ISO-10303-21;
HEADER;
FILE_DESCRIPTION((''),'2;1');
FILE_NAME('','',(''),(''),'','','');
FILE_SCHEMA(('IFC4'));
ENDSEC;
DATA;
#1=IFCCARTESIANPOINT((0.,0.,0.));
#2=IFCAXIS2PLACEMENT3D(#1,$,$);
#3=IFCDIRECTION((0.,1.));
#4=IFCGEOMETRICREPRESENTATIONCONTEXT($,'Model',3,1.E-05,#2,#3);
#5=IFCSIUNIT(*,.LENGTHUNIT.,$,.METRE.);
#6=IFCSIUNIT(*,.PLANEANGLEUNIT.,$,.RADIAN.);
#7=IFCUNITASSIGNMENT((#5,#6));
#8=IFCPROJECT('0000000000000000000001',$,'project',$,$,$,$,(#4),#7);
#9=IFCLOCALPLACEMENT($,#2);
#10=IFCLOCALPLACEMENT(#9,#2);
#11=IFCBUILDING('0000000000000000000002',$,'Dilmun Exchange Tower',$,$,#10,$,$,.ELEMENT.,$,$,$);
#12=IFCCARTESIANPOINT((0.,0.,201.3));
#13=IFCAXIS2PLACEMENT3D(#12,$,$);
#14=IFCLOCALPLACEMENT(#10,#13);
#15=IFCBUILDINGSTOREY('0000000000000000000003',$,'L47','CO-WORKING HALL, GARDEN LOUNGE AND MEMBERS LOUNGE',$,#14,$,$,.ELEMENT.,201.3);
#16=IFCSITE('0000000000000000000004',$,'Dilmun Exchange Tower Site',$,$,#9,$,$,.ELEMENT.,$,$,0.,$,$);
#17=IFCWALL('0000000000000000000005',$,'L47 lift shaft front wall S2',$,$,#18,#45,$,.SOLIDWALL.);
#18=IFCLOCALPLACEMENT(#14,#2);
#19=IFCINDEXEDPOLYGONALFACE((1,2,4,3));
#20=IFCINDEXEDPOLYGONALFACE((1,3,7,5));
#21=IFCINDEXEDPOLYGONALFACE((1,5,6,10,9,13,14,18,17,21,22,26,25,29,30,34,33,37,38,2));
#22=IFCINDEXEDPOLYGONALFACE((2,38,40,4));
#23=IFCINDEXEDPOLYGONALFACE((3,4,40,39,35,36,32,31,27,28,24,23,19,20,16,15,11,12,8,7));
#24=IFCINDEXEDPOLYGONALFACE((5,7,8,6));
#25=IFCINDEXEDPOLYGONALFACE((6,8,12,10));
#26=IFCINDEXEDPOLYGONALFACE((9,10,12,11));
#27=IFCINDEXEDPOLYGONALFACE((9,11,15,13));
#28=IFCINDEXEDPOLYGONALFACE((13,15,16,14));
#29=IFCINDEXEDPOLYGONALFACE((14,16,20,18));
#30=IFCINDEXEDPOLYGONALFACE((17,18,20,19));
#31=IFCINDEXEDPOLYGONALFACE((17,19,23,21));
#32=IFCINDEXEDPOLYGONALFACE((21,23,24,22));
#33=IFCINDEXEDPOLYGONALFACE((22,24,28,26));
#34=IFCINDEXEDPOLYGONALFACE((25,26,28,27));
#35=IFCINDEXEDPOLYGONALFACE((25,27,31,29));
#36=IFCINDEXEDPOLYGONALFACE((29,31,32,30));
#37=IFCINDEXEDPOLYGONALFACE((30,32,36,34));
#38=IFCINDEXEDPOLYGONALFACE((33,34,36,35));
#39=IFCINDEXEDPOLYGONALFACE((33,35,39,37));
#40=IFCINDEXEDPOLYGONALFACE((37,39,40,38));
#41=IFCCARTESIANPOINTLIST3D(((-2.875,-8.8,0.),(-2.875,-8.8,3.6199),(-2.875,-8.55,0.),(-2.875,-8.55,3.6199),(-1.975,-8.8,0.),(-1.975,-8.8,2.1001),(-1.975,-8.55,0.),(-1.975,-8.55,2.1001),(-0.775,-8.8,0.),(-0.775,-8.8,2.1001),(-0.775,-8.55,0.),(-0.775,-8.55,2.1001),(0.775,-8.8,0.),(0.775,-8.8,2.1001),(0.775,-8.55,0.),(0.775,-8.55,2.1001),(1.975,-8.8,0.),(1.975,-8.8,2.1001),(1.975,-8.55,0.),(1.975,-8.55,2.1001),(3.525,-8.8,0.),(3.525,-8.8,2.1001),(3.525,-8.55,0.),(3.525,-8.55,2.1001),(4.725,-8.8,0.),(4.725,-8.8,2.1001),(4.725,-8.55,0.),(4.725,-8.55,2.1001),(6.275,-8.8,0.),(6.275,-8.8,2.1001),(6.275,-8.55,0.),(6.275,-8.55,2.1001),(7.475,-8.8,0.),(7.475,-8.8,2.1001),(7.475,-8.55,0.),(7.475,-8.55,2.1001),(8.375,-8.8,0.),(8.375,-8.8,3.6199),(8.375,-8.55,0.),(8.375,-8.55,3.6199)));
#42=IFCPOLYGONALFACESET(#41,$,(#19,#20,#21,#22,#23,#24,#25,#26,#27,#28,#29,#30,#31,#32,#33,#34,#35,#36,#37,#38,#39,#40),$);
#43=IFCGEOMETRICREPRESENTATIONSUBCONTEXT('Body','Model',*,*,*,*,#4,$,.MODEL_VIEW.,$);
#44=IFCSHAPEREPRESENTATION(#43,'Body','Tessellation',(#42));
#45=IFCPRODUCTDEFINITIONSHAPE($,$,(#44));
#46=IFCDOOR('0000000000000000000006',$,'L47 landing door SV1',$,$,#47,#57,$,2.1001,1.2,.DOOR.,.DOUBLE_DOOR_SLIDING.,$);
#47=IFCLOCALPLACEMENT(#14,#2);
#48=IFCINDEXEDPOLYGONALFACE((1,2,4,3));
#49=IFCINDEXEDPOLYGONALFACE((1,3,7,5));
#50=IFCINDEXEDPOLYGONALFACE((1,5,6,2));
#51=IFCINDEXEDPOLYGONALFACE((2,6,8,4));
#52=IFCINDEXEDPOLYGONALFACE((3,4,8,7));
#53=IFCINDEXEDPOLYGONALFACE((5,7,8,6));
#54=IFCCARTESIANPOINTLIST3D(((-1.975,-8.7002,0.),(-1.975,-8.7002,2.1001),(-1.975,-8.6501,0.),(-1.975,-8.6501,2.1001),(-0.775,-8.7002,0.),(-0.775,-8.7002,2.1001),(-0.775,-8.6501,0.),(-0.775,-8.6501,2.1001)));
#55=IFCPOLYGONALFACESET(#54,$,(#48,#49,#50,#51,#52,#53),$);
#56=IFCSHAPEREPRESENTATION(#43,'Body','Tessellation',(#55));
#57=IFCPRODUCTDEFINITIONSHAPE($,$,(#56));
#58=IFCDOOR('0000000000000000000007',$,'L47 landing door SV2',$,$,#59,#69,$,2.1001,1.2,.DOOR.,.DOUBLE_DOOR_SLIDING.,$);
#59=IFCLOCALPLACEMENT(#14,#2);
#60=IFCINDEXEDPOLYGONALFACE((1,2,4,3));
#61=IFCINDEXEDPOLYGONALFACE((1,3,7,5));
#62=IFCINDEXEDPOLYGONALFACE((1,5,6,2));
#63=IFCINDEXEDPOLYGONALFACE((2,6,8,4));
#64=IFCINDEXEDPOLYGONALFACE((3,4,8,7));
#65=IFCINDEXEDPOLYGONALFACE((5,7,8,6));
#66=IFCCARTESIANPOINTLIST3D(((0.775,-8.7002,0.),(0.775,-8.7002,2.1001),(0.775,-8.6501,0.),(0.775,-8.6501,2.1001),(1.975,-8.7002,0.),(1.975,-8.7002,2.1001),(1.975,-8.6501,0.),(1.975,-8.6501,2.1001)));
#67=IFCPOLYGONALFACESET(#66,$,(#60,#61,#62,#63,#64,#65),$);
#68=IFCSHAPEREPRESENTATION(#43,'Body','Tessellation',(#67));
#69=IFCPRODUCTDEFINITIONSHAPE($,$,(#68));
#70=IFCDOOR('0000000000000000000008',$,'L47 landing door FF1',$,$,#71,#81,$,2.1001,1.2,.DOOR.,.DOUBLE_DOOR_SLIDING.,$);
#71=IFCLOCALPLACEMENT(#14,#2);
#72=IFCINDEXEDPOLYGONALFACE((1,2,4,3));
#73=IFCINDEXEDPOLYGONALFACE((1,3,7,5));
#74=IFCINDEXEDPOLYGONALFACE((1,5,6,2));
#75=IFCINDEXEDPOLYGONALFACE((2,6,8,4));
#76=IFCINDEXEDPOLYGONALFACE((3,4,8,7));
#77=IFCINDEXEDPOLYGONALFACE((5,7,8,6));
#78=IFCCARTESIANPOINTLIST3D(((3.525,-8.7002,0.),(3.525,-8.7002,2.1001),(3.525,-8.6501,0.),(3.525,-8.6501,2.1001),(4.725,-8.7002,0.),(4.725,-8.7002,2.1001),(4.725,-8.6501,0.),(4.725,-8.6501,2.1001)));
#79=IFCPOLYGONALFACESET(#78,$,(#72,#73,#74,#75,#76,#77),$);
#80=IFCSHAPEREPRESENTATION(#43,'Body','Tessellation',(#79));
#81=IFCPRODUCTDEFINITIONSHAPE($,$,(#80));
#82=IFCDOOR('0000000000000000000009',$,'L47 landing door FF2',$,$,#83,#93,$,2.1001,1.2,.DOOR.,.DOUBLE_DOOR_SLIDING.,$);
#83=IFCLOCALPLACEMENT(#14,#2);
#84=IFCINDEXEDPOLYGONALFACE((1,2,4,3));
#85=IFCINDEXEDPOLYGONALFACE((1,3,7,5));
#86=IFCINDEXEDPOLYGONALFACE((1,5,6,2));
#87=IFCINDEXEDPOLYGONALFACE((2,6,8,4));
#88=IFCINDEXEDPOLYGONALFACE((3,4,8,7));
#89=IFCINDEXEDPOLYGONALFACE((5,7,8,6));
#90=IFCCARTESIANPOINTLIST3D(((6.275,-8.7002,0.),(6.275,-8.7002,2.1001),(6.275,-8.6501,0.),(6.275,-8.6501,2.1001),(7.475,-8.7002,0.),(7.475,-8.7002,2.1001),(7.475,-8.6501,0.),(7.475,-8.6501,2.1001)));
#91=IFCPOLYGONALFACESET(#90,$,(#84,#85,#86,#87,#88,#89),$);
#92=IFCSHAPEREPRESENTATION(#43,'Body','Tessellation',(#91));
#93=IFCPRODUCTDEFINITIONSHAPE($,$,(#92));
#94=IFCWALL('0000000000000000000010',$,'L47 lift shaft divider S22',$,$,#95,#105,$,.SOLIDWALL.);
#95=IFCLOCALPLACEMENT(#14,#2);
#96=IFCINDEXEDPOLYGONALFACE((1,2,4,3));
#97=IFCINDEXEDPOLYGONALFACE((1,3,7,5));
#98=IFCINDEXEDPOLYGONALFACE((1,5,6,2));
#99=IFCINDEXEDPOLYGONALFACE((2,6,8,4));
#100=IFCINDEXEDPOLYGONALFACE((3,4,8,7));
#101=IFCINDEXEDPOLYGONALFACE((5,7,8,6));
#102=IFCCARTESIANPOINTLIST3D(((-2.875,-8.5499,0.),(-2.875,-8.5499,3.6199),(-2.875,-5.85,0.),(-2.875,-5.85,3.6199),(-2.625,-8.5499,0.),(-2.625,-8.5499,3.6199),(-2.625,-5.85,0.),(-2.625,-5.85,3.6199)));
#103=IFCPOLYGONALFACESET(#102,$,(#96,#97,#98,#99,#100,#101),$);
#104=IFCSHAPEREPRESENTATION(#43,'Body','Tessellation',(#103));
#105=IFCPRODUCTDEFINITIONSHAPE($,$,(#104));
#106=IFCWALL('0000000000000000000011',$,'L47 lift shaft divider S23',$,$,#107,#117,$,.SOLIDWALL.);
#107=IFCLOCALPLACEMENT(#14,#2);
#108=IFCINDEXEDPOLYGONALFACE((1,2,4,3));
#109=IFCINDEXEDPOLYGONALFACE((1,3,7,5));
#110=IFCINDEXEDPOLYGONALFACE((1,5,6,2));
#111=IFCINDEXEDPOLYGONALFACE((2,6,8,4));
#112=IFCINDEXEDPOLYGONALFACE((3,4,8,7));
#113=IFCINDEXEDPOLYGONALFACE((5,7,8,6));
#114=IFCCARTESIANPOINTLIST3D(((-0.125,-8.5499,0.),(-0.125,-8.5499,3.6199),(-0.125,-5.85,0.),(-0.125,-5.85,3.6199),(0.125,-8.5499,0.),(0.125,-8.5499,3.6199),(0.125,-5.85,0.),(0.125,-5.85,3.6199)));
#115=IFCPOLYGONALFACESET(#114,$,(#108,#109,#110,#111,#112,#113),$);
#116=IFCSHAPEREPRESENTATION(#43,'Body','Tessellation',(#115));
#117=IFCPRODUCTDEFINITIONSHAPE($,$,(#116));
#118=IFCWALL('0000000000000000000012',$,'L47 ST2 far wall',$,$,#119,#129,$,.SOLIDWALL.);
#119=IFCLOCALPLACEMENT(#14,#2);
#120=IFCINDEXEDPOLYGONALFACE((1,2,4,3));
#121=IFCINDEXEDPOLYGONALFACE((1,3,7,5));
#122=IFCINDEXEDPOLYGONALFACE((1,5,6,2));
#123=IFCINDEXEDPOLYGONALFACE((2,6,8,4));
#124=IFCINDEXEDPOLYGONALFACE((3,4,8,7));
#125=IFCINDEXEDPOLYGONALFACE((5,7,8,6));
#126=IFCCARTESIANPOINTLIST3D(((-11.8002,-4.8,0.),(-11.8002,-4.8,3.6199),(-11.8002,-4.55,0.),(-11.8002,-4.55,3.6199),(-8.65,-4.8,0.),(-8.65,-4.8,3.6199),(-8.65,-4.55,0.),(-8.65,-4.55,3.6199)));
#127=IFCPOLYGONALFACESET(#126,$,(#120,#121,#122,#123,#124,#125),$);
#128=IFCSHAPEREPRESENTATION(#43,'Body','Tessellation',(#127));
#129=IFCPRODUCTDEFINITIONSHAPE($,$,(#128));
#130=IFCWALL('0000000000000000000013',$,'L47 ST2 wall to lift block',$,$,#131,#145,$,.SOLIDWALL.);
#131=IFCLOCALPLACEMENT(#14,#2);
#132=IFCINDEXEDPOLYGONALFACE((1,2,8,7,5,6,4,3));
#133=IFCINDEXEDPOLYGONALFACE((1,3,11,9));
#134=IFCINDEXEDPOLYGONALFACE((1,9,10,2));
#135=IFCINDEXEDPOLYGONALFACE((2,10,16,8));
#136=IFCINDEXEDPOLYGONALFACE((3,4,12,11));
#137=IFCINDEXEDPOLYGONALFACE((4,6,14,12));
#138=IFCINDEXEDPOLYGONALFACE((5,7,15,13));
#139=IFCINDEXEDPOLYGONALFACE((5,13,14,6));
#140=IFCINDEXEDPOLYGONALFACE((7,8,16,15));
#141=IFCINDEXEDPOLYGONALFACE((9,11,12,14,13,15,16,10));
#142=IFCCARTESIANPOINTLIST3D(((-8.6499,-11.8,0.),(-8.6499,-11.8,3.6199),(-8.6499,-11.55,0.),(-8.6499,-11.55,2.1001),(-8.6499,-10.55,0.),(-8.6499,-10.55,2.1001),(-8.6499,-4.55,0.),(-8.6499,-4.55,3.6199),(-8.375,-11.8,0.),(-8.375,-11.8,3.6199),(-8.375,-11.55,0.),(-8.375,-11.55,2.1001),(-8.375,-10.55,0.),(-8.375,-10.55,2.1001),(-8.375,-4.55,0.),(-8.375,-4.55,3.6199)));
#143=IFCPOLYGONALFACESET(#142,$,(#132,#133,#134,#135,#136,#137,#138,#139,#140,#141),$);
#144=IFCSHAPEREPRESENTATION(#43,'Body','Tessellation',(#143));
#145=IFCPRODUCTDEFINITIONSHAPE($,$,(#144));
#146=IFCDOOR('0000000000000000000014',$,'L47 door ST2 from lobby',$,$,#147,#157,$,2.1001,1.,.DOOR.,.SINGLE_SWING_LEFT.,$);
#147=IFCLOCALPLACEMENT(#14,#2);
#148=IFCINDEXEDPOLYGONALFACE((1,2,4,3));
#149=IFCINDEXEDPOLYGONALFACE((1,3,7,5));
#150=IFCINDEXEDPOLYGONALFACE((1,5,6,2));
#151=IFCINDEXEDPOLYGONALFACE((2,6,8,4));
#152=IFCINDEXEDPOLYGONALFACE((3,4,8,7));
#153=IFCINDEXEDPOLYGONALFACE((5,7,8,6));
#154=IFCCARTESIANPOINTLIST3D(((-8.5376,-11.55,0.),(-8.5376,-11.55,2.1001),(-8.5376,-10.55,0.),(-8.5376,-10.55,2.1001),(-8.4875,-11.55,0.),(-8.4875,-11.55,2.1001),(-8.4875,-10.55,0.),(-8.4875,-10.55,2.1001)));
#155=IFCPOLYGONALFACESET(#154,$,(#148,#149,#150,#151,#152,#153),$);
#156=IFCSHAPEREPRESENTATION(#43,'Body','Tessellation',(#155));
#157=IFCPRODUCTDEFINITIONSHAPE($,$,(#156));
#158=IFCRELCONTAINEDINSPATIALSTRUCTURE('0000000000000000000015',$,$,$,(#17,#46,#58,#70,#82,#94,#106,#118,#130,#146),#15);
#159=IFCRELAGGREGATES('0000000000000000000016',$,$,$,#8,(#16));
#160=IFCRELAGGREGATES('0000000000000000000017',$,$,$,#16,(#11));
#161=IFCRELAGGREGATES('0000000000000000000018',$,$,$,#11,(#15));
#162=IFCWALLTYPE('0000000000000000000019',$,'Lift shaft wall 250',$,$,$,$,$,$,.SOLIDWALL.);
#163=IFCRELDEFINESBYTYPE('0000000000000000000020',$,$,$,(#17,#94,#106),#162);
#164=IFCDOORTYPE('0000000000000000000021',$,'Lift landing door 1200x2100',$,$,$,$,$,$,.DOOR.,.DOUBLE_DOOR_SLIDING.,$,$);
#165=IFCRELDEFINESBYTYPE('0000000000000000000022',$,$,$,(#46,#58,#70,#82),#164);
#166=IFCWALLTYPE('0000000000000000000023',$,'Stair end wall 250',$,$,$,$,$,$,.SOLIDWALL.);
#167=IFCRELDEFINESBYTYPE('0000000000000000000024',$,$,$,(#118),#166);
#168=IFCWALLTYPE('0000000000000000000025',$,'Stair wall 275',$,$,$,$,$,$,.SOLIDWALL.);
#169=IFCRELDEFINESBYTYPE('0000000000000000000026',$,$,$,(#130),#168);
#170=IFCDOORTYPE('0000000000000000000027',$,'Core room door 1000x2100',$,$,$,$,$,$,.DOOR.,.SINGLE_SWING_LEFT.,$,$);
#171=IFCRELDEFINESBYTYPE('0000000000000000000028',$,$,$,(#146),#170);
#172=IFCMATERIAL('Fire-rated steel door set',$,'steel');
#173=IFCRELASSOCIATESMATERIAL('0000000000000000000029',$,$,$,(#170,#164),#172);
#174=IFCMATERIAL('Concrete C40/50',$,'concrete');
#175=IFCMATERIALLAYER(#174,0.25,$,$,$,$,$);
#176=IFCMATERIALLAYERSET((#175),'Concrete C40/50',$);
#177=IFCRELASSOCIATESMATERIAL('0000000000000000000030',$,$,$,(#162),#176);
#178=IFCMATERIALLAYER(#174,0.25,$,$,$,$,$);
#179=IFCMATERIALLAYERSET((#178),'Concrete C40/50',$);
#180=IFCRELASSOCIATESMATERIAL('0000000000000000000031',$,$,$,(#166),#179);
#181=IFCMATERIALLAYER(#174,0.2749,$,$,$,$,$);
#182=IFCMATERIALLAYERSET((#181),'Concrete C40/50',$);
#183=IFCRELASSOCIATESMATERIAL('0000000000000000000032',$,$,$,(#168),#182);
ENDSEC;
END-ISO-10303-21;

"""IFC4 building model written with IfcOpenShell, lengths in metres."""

from ifc_helpers import new_model, si_unit, direction, frame, frame_2d, origin, place, context, subcontext, project, spatial, rectangle, extrude, material, layer, layer_set, type_object, element, fill, save


model = new_model("IFC4")

# Units and contexts
model_context = context("Model", 3, precision=1e-05, world=origin(), true_north=direction((0.0, 1.0)))
body_context = subcontext(model_context, "Body", "Model", "MODEL_VIEW")
ifc_project = project(units=[si_unit("LENGTHUNIT", "METRE"), si_unit("PLANEANGLEUNIT", "RADIAN")], contexts=[model_context])

# Site, building, storey
site_placement = place(None, origin())
site = spatial("IfcSite", under=ifc_project, at=site_placement, Name="Dilmun Exchange Tower Site", CompositionType="ELEMENT", RefElevation=0.0)
building_placement = place(site_placement, origin())
building = spatial("IfcBuilding", under=site, at=building_placement, Name="Dilmun Exchange Tower", CompositionType="ELEMENT")
storey_placement = place(building_placement, frame((0.0, 0.0, 201.3)))
storey = spatial("IfcBuildingStorey", under=building, at=storey_placement, Name="L47", Description="CO-WORKING HALL, GARDEN LOUNGE AND MEMBERS LOUNGE", CompositionType="ELEMENT", Elevation=201.3)

# Shared definitions
ifc_material_1 = material(Name="Concrete C40/50", Category="concrete")

# Shared definitions
ifc_material_2 = material(Name="Fire-rated steel door set", Category="steel")
door_type_1 = type_object("IfcDoorType", Name="Core room door 1000x2100", OperationType="SINGLE_SWING_LEFT", PredefinedType="DOOR", material=ifc_material_2)

# Shared definitions
ifc_layer_1 = layer(ifc_material_1, 0.25)
ifc_layer_set_1 = layer_set([ifc_layer_1], Name="Concrete C40/50")
wall_type_1 = type_object("IfcWallType", Name="Lift shaft wall 250", PredefinedType="SOLIDWALL", material=ifc_layer_set_1)

# Wall, openings, doors
wall_1_placement = place(storey_placement, frame((-2.875, -8.675, 0.0), z_axis=(0.0, 0.0, 1.0), x_axis=(1.0, 0.0, 0.0)))
wall_1 = element("IfcWall", 1, at=wall_1_placement, inside=storey, type_object=wall_type_1, Name="L47 lift shaft front wall S2", PredefinedType="SOLIDWALL", context=body_context, shape_type="SweptSolid", body=[
    extrude(rectangle(XDim=11.25, YDim=0.25, at=frame_2d((5.625, 0.0))), origin(), (0.0, 0.0, 1.0), 3.6199),
])
opening_1_placement = place(wall_1_placement, frame((0.8999, 0.0, 0.0)))
opening_1 = element("IfcOpeningElement", 2, at=opening_1_placement, cuts=wall_1, PredefinedType="OPENING", context=body_context, shape_type="SweptSolid", body=[
    extrude(rectangle(XDim=1.2, YDim=2.1001, at=frame_2d((0.6001, 1.05))), frame((0.0, 0.135, 0.0), z_axis=(0.0, -1.0, 0.0), x_axis=(1.0, 0.0, 0.0)), (0.0, 0.0, 1.0), 0.27),
])
opening_2_placement = place(wall_1_placement, frame((3.6499, 0.0, 0.0)))
opening_2 = element("IfcOpeningElement", 3, at=opening_2_placement, cuts=wall_1, PredefinedType="OPENING", context=body_context, shape_type="SweptSolid", body=[
    extrude(rectangle(XDim=1.2, YDim=2.1001, at=frame_2d((0.6001, 1.05))), frame((0.0, 0.135, 0.0), z_axis=(0.0, -1.0, 0.0), x_axis=(1.0, 0.0, 0.0)), (0.0, 0.0, 1.0), 0.27),
])
opening_3_placement = place(wall_1_placement, frame((6.3999, 0.0, 0.0)))
opening_3 = element("IfcOpeningElement", 4, at=opening_3_placement, cuts=wall_1, PredefinedType="OPENING", context=body_context, shape_type="SweptSolid", body=[
    extrude(rectangle(XDim=1.2, YDim=2.1001, at=frame_2d((0.6001, 1.05))), frame((0.0, 0.135, 0.0), z_axis=(0.0, -1.0, 0.0), x_axis=(1.0, 0.0, 0.0)), (0.0, 0.0, 1.0), 0.27),
])
opening_4_placement = place(wall_1_placement, frame((9.1499, 0.0, 0.0)))
opening_4 = element("IfcOpeningElement", 5, at=opening_4_placement, cuts=wall_1, PredefinedType="OPENING", context=body_context, shape_type="SweptSolid", body=[
    extrude(rectangle(XDim=1.2, YDim=2.1001, at=frame_2d((0.6001, 1.05))), frame((0.0, 0.135, 0.0), z_axis=(0.0, -1.0, 0.0), x_axis=(1.0, 0.0, 0.0)), (0.0, 0.0, 1.0), 0.27),
])
door_type_2 = type_object("IfcDoorType", Name="Lift landing door 1200x2100", OperationType="DOUBLE_DOOR_SLIDING", PredefinedType="DOOR", material=ifc_material_2)
door_1_placement = place(opening_1_placement, origin())
door_1 = element("IfcDoor", 6, at=door_1_placement, inside=storey, type_object=door_type_2, Name="L47 landing door SV1", OperationType="DOUBLE_DOOR_SLIDING", OverallHeight=2.1001, OverallWidth=1.2, PredefinedType="DOOR", context=body_context, shape_type="SweptSolid", body=[
    extrude(rectangle(XDim=1.2, YDim=2.1001, at=frame_2d((0.6001, 1.05))), frame((0.0, 0.0249, 0.0), z_axis=(0.0, -1.0, 0.0), x_axis=(1.0, 0.0, 0.0)), (0.0, 0.0, 1.0), 0.05),
])
fill(opening_1, door_1)
door_2_placement = place(opening_2_placement, origin())
door_2 = element("IfcDoor", 7, at=door_2_placement, inside=storey, type_object=door_type_2, Name="L47 landing door SV2", OperationType="DOUBLE_DOOR_SLIDING", OverallHeight=2.1001, OverallWidth=1.2, PredefinedType="DOOR", context=body_context, shape_type="SweptSolid", body=[
    extrude(rectangle(XDim=1.2, YDim=2.1001, at=frame_2d((0.6001, 1.05))), frame((0.0, 0.0249, 0.0), z_axis=(0.0, -1.0, 0.0), x_axis=(1.0, 0.0, 0.0)), (0.0, 0.0, 1.0), 0.05),
])
fill(opening_2, door_2)
door_3_placement = place(opening_3_placement, origin())
door_3 = element("IfcDoor", 8, at=door_3_placement, inside=storey, type_object=door_type_2, Name="L47 landing door FF1", OperationType="DOUBLE_DOOR_SLIDING", OverallHeight=2.1001, OverallWidth=1.2, PredefinedType="DOOR", context=body_context, shape_type="SweptSolid", body=[
    extrude(rectangle(XDim=1.2, YDim=2.1001, at=frame_2d((0.6001, 1.05))), frame((0.0, 0.0249, 0.0), z_axis=(0.0, -1.0, 0.0), x_axis=(1.0, 0.0, 0.0)), (0.0, 0.0, 1.0), 0.05),
])
fill(opening_3, door_3)
door_4_placement = place(opening_4_placement, origin())
door_4 = element("IfcDoor", 9, at=door_4_placement, inside=storey, type_object=door_type_2, Name="L47 landing door FF2", OperationType="DOUBLE_DOOR_SLIDING", OverallHeight=2.1001, OverallWidth=1.2, PredefinedType="DOOR", context=body_context, shape_type="SweptSolid", body=[
    extrude(rectangle(XDim=1.2, YDim=2.1001, at=frame_2d((0.6001, 1.05))), frame((0.0, 0.0249, 0.0), z_axis=(0.0, -1.0, 0.0), x_axis=(1.0, 0.0, 0.0)), (0.0, 0.0, 1.0), 0.05),
])
fill(opening_4, door_4)

# Walls
for number, where, z_axis, x_axis, name in (
    (10, (-2.75, -8.55, 0.0), (0.0, 0.0, 1.0), (0.0, 1.0, 0.0), "L47 lift shaft divider S22"),
    (11, (0.0, -8.55, 0.0), (0.0, 0.0, 1.0), (0.0, 1.0, 0.0), "L47 lift shaft divider S23"),
):
    element("IfcWall", number, at=place(storey_placement, frame(where, z_axis=z_axis, x_axis=x_axis)), inside=storey, type_object=wall_type_1, Name=name, PredefinedType="SOLIDWALL", context=body_context, shape_type="SweptSolid", body=[
        extrude(rectangle(XDim=2.7, YDim=0.25, at=frame_2d((1.3501, 0.0))), origin(), (0.0, 0.0, 1.0), 3.6199),
    ])
ifc_layer_2 = layer(ifc_material_1, 0.25)
ifc_layer_set_2 = layer_set([ifc_layer_2], Name="Concrete C40/50")
wall_type_2 = type_object("IfcWallType", Name="Stair end wall 250", PredefinedType="SOLIDWALL", material=ifc_layer_set_2)
wall_2_placement = place(storey_placement, frame((-8.6499, -4.675, 0.0), z_axis=(0.0, 0.0, 1.0), x_axis=(-1.0, 0.0, 0.0)))
element("IfcWall", 12, at=wall_2_placement, inside=storey, type_object=wall_type_2, Name="L47 ST2 far wall", PredefinedType="SOLIDWALL", context=body_context, shape_type="SweptSolid", body=[
    extrude(rectangle(XDim=3.1501, YDim=0.25, at=frame_2d((1.5752, 0.0))), origin(), (0.0, 0.0, 1.0), 3.6199),
])

# Wall, opening, door
ifc_layer_3 = layer(ifc_material_1, 0.2749)
ifc_layer_set_3 = layer_set([ifc_layer_3], Name="Concrete C40/50")
wall_type_3 = type_object("IfcWallType", Name="Stair wall 275", PredefinedType="SOLIDWALL", material=ifc_layer_set_3)
wall_3_placement = place(storey_placement, frame((-8.5125, -4.55, 0.0), z_axis=(0.0, 0.0, 1.0), x_axis=(0.0, -1.0, 0.0)))
wall_3 = element("IfcWall", 13, at=wall_3_placement, inside=storey, type_object=wall_type_3, Name="L47 ST2 wall to lift block", PredefinedType="SOLIDWALL", context=body_context, shape_type="SweptSolid", body=[
    extrude(rectangle(XDim=7.25, YDim=0.2749, at=frame_2d((3.625, 0.0))), origin(), (0.0, 0.0, 1.0), 3.6199),
])
opening_5_placement = place(wall_3_placement, frame((6.0, 0.0, 0.0)))
opening_5 = element("IfcOpeningElement", 14, at=opening_5_placement, cuts=wall_3, PredefinedType="OPENING", context=body_context, shape_type="SweptSolid", body=[
    extrude(rectangle(XDim=1.0, YDim=2.1001, at=frame_2d((0.5, 1.05))), frame((0.0, 0.1475, 0.0), z_axis=(0.0, -1.0, 0.0), x_axis=(1.0, 0.0, 0.0)), (0.0, 0.0, 1.0), 0.2949),
])
door_5_placement = place(opening_5_placement, origin())
door_5 = element("IfcDoor", 15, at=door_5_placement, inside=storey, type_object=door_type_1, Name="L47 door ST2 from lobby", OperationType="SINGLE_SWING_LEFT", OverallHeight=2.1001, OverallWidth=1.0, PredefinedType="DOOR", context=body_context, shape_type="SweptSolid", body=[
    extrude(rectangle(XDim=1.0, YDim=2.1001, at=frame_2d((0.5, 1.05))), frame((0.0, 0.0249, 0.0), z_axis=(0.0, -1.0, 0.0), x_axis=(1.0, 0.0, 0.0)), (0.0, 0.0, 1.0), 0.05),
])
fill(opening_5, door_5)

save(model, "model.ifc")
